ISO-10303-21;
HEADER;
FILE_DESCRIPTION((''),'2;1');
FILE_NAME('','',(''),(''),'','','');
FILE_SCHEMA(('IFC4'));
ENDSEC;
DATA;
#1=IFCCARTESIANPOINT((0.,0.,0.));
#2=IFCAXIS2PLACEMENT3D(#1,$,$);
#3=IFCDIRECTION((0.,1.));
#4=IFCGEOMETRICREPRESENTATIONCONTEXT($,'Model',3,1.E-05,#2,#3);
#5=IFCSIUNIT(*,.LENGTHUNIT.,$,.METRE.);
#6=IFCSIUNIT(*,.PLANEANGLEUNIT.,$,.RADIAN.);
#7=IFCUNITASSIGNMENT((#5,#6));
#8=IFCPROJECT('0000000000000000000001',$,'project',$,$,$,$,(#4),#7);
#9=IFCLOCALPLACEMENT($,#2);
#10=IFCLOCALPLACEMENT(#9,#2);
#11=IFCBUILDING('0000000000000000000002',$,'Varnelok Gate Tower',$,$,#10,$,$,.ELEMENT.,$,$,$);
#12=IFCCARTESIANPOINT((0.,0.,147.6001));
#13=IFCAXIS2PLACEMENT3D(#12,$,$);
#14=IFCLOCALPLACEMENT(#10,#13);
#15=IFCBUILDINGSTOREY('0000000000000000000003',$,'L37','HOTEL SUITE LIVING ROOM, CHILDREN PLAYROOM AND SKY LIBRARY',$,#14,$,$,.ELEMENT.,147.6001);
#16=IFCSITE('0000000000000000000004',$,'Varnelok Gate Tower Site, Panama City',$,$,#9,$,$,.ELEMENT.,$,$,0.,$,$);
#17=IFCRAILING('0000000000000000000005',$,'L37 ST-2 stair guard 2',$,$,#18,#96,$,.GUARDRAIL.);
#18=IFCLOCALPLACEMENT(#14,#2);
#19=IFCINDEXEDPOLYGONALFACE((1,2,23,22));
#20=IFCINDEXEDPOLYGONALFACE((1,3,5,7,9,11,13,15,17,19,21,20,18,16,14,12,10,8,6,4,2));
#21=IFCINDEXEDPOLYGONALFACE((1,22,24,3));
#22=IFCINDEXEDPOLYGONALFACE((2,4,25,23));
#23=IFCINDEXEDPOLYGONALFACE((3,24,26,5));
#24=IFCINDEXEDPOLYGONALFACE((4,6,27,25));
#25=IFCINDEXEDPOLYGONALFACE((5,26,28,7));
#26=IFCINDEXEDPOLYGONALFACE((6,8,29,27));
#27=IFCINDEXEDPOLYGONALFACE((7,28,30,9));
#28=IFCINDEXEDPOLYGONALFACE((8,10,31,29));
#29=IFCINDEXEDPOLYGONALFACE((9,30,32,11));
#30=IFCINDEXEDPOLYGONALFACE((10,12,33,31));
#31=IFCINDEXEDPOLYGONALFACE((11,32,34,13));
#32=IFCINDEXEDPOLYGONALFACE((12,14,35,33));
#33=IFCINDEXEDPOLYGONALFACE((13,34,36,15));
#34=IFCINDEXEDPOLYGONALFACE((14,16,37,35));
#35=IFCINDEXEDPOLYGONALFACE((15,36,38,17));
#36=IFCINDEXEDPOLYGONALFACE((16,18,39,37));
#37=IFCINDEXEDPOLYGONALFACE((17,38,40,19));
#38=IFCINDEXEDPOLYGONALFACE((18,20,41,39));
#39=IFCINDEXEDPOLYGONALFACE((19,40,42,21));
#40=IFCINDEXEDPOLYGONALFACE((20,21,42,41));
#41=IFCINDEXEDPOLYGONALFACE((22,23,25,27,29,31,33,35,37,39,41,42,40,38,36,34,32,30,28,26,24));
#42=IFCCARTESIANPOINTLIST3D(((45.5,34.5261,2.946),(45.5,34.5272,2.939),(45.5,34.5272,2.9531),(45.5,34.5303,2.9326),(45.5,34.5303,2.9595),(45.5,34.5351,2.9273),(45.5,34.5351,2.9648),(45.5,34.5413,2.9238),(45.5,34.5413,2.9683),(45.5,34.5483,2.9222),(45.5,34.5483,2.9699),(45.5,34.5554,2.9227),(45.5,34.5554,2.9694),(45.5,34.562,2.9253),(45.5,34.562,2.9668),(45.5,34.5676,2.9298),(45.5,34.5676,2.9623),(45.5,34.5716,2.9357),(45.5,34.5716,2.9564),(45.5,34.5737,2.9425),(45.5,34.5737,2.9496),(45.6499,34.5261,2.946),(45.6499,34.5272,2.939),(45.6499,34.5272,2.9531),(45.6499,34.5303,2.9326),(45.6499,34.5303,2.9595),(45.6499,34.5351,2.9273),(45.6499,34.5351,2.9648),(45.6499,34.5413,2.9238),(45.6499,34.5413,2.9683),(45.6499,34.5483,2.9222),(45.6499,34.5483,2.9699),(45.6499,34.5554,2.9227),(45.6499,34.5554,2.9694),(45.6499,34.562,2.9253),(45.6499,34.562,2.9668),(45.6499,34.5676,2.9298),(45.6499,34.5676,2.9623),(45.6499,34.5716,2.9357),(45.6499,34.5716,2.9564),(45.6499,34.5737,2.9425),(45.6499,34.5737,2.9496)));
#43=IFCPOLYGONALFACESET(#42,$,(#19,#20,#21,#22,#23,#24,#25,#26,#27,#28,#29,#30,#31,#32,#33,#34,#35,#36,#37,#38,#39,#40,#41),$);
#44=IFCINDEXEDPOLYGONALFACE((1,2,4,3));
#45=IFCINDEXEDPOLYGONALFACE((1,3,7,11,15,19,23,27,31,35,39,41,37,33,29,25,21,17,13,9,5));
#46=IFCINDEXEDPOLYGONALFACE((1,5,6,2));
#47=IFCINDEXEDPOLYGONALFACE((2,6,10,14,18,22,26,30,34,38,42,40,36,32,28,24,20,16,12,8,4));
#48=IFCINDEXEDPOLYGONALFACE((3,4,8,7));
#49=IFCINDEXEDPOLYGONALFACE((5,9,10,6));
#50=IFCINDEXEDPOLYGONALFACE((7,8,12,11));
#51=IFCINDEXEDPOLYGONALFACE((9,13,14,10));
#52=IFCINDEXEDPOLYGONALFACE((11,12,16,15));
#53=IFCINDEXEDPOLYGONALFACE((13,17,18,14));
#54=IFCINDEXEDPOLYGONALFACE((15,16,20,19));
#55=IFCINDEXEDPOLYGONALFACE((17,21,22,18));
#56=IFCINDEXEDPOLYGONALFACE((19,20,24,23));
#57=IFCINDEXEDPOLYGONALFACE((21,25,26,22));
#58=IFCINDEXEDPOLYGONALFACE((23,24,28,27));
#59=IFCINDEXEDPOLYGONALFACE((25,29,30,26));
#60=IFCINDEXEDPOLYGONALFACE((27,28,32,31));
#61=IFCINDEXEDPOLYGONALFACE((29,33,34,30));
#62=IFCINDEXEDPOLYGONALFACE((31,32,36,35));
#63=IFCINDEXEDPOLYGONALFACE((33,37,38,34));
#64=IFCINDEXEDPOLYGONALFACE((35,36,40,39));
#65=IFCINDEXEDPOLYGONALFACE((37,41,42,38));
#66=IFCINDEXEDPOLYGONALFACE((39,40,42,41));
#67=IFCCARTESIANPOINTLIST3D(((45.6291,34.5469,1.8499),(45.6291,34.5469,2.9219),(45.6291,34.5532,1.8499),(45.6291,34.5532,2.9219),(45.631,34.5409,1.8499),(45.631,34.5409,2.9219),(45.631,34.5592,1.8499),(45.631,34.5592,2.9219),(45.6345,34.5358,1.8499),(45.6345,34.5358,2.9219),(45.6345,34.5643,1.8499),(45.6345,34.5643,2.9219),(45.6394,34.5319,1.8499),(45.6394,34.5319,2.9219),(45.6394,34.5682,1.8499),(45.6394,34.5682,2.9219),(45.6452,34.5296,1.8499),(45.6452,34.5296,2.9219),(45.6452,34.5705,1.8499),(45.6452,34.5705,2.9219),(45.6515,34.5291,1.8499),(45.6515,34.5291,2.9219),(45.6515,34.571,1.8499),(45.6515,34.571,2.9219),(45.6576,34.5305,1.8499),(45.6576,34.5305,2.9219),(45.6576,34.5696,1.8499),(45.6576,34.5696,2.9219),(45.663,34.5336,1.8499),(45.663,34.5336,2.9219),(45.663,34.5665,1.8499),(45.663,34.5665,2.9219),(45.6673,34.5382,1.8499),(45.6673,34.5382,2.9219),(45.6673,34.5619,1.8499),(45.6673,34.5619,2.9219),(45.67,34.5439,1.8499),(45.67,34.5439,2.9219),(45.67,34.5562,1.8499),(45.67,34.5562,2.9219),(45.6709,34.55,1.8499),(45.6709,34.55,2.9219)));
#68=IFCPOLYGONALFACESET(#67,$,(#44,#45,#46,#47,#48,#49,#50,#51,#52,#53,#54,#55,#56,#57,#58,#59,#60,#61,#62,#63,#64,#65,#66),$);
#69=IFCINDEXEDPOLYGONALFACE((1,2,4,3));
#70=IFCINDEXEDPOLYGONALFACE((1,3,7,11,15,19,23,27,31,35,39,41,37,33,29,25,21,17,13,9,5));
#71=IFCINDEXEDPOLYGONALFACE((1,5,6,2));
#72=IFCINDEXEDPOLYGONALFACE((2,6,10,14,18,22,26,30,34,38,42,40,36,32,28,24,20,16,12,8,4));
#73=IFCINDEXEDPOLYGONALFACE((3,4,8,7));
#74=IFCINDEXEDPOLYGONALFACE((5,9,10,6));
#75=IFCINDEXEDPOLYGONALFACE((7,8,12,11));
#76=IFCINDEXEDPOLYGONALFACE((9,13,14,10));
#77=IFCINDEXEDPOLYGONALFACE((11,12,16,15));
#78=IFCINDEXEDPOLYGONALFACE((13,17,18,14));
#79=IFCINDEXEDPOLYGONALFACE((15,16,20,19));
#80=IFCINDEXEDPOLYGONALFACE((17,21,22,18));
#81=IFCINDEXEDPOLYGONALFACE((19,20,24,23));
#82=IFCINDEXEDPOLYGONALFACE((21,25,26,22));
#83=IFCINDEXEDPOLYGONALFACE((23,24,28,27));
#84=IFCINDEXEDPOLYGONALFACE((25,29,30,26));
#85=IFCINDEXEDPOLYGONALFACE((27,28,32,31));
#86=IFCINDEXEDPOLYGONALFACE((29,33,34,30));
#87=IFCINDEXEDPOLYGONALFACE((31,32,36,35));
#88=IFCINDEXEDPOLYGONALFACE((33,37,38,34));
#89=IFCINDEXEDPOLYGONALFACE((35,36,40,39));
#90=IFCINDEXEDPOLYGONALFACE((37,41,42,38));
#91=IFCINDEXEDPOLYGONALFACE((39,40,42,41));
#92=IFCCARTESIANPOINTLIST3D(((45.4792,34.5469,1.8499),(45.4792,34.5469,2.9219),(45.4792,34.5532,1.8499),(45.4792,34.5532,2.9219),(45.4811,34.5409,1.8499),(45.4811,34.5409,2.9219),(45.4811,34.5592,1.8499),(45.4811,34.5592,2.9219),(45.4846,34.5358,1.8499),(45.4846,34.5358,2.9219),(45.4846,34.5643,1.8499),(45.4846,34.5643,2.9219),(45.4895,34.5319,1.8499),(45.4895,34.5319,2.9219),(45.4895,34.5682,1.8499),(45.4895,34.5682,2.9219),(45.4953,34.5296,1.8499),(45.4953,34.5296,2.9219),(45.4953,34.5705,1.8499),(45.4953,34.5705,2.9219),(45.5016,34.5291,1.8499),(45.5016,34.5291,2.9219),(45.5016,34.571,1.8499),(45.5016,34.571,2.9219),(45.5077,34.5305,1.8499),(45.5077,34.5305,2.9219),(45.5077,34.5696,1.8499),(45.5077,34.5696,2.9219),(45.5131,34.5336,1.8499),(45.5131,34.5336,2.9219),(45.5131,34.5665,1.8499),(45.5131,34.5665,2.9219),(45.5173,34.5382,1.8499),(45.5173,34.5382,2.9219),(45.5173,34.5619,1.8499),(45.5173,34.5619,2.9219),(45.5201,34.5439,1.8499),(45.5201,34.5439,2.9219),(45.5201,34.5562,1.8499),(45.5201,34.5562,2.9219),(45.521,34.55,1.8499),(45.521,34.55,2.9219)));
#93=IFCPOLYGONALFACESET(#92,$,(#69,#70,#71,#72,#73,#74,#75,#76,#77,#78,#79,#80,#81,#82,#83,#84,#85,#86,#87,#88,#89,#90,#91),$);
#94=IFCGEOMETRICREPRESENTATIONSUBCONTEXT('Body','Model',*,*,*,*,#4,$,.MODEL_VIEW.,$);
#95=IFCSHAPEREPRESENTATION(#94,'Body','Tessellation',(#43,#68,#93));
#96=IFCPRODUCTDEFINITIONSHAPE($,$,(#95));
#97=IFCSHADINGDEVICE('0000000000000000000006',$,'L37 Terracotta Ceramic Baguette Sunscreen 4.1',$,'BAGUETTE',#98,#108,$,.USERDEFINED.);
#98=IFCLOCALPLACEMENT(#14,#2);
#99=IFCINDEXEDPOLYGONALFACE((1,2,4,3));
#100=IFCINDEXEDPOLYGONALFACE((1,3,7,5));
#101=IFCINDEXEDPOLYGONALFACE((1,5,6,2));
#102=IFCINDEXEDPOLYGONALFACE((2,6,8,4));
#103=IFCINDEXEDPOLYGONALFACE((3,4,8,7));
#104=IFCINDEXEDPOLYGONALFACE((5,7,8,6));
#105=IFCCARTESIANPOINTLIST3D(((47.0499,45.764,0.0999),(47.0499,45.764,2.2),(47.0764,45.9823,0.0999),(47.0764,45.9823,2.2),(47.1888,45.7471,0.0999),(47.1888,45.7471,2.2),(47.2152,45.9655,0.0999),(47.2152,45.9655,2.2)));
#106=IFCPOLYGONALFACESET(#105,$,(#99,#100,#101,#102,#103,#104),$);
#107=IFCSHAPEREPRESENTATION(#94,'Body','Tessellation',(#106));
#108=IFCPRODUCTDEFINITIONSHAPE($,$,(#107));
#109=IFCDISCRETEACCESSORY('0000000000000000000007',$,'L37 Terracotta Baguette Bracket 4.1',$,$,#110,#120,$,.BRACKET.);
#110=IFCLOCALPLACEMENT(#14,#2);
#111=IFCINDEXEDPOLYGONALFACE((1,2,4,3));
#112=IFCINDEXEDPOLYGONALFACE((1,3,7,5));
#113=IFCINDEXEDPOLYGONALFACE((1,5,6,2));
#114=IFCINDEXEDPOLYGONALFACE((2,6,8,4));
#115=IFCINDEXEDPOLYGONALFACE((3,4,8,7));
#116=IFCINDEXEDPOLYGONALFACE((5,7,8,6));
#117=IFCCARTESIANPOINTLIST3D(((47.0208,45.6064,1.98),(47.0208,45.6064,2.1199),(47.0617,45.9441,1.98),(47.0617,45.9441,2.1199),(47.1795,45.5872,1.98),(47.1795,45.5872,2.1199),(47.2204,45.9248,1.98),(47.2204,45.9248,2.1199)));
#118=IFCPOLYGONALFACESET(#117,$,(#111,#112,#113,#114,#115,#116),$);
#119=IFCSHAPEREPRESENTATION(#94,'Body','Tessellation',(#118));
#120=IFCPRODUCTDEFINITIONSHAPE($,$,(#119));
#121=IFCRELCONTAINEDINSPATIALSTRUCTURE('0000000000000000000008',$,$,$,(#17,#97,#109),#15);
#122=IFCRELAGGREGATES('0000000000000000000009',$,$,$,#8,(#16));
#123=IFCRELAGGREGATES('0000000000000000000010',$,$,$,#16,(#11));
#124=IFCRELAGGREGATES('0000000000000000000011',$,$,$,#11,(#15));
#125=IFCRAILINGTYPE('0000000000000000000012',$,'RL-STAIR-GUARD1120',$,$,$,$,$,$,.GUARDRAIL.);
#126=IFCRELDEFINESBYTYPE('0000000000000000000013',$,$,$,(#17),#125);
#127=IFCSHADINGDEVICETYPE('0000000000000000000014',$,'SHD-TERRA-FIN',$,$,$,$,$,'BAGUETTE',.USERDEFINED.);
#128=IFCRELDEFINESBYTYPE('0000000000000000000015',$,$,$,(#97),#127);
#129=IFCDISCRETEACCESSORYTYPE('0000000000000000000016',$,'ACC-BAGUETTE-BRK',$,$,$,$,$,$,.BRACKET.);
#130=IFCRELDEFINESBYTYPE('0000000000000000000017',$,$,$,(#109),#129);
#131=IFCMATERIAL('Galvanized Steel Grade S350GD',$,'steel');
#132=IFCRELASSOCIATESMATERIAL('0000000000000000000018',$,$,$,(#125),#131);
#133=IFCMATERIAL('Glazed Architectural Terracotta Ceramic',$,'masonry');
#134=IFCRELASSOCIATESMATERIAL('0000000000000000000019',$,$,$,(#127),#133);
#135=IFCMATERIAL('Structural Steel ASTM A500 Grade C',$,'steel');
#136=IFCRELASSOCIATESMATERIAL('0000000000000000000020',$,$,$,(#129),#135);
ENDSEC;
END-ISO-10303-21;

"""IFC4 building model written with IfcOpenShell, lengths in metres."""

from ifc_helpers import new_model, si_unit, direction, frame, origin, origin_2d, place, context, subcontext, project, spatial, rectangle, circle, extrude, source, transform, mapped, material, type_object, element, save


model = new_model("IFC4")

# Units and contexts
model_context = context("Model", 3, precision=1e-05, world=origin(), true_north=direction((0.0, 1.0)))
body_context = subcontext(model_context, "Body", "Model", "MODEL_VIEW")
ifc_project = project(units=[si_unit("LENGTHUNIT", "METRE"), si_unit("PLANEANGLEUNIT", "RADIAN")], contexts=[model_context])

# Site, building, storey
site_placement = place(None, origin())
site = spatial("IfcSite", under=ifc_project, at=site_placement, Name="Varnelok Gate Tower Site, Panama City", CompositionType="ELEMENT", RefElevation=0.0)
building_placement = place(site_placement, origin())
building = spatial("IfcBuilding", under=site, at=building_placement, Name="Varnelok Gate Tower", CompositionType="ELEMENT")
storey_placement = place(building_placement, frame((0.0, 0.0, 147.6001)))
storey = spatial("IfcBuildingStorey", under=building, at=storey_placement, Name="L37", Description="HOTEL SUITE LIVING ROOM, CHILDREN PLAYROOM AND SKY LIBRARY", CompositionType="ELEMENT", Elevation=147.6001)

# Shared definitions
ifc_material_1 = material(Name="Galvanized Steel Grade S350GD", Category="steel")

# Railing
railing_type_1 = type_object("IfcRailingType", Name="RL-STAIR-GUARD1120", PredefinedType="GUARDRAIL", material=ifc_material_1)
railing_1_placement = place(storey_placement, frame((45.6499, 34.55, 1.8499)))
element("IfcRailing", 1, at=railing_1_placement, inside=storey, type_object=railing_type_1, Name="L37 ST-2 stair guard 2", PredefinedType="GUARDRAIL", context=body_context, shape_type="SweptSolid", body=[
    extrude(circle(Radius=0.0239, at=origin_2d()), frame((0.0, 0.0, 1.0962), z_axis=(-1.0, 0.0, 0.0), x_axis=(0.0, -1.0, 0.0)), (0.0, 0.0, 1.0), 0.1499),
    extrude(circle(Radius=0.021, at=origin_2d()), origin(), (0.0, 0.0, 1.0), 1.072),
    extrude(circle(Radius=0.021, at=origin_2d()), frame((-0.1499, 0.0, 0.0)), (0.0, 0.0, 1.0), 1.072),
])

# Shading device
ifc_material_2 = material(Name="Glazed Architectural Terracotta Ceramic", Category="masonry")
shading_device_type = type_object("IfcShadingDeviceType", Name="SHD-TERRA-FIN", ElementType="BAGUETTE", PredefinedType="USERDEFINED", material=ifc_material_2)
shared_shape_1 = source(origin(), body_context, "Body", "SweptSolid", [
    extrude(rectangle(XDim=0.1399, YDim=0.22, at=origin_2d()), origin(), (0.0, 0.0, 1.0), 2.1001),
])
shading_device_placement = place(storey_placement, frame((47.1326, 45.8647, 0.0999), z_axis=(0.0, 0.0, 1.0), x_axis=(0.992732, -0.120345, 0.0)))
element("IfcShadingDevice", 2, at=shading_device_placement, inside=storey, type_object=shading_device_type, Name="L37 Terracotta Ceramic Baguette Sunscreen 4.1", ObjectType="BAGUETTE", PredefinedType="USERDEFINED", context=body_context, shape_type="MappedRepresentation", body=[
    mapped(shared_shape_1, transform((0.0, 0.0, 0.0), scale=1.0)),
])

# Discrete accessory
ifc_material_3 = material(Name="Structural Steel ASTM A500 Grade C", Category="steel")
discrete_accessory_type = type_object("IfcDiscreteAccessoryType", Name="ACC-BAGUETTE-BRK", PredefinedType="BRACKET", material=ifc_material_3)
shared_shape_2 = source(origin(), body_context, "Body", "SweptSolid", [
    extrude(rectangle(XDim=0.1599, YDim=0.3401, at=origin_2d()), origin(), (0.0, 0.0, 1.0), 0.1399),
])
discrete_accessory_placement = place(storey_placement, frame((47.1206, 45.7656, 1.98), z_axis=(0.0, 0.0, 1.0), x_axis=(0.992732, -0.120345, 0.0)))
element("IfcDiscreteAccessory", 3, at=discrete_accessory_placement, inside=storey, type_object=discrete_accessory_type, Name="L37 Terracotta Baguette Bracket 4.1", PredefinedType="BRACKET", context=body_context, shape_type="MappedRepresentation", body=[
    mapped(shared_shape_2, transform((0.0, 0.0, 0.0), scale=1.0)),
])

save(model, "model.ifc")
